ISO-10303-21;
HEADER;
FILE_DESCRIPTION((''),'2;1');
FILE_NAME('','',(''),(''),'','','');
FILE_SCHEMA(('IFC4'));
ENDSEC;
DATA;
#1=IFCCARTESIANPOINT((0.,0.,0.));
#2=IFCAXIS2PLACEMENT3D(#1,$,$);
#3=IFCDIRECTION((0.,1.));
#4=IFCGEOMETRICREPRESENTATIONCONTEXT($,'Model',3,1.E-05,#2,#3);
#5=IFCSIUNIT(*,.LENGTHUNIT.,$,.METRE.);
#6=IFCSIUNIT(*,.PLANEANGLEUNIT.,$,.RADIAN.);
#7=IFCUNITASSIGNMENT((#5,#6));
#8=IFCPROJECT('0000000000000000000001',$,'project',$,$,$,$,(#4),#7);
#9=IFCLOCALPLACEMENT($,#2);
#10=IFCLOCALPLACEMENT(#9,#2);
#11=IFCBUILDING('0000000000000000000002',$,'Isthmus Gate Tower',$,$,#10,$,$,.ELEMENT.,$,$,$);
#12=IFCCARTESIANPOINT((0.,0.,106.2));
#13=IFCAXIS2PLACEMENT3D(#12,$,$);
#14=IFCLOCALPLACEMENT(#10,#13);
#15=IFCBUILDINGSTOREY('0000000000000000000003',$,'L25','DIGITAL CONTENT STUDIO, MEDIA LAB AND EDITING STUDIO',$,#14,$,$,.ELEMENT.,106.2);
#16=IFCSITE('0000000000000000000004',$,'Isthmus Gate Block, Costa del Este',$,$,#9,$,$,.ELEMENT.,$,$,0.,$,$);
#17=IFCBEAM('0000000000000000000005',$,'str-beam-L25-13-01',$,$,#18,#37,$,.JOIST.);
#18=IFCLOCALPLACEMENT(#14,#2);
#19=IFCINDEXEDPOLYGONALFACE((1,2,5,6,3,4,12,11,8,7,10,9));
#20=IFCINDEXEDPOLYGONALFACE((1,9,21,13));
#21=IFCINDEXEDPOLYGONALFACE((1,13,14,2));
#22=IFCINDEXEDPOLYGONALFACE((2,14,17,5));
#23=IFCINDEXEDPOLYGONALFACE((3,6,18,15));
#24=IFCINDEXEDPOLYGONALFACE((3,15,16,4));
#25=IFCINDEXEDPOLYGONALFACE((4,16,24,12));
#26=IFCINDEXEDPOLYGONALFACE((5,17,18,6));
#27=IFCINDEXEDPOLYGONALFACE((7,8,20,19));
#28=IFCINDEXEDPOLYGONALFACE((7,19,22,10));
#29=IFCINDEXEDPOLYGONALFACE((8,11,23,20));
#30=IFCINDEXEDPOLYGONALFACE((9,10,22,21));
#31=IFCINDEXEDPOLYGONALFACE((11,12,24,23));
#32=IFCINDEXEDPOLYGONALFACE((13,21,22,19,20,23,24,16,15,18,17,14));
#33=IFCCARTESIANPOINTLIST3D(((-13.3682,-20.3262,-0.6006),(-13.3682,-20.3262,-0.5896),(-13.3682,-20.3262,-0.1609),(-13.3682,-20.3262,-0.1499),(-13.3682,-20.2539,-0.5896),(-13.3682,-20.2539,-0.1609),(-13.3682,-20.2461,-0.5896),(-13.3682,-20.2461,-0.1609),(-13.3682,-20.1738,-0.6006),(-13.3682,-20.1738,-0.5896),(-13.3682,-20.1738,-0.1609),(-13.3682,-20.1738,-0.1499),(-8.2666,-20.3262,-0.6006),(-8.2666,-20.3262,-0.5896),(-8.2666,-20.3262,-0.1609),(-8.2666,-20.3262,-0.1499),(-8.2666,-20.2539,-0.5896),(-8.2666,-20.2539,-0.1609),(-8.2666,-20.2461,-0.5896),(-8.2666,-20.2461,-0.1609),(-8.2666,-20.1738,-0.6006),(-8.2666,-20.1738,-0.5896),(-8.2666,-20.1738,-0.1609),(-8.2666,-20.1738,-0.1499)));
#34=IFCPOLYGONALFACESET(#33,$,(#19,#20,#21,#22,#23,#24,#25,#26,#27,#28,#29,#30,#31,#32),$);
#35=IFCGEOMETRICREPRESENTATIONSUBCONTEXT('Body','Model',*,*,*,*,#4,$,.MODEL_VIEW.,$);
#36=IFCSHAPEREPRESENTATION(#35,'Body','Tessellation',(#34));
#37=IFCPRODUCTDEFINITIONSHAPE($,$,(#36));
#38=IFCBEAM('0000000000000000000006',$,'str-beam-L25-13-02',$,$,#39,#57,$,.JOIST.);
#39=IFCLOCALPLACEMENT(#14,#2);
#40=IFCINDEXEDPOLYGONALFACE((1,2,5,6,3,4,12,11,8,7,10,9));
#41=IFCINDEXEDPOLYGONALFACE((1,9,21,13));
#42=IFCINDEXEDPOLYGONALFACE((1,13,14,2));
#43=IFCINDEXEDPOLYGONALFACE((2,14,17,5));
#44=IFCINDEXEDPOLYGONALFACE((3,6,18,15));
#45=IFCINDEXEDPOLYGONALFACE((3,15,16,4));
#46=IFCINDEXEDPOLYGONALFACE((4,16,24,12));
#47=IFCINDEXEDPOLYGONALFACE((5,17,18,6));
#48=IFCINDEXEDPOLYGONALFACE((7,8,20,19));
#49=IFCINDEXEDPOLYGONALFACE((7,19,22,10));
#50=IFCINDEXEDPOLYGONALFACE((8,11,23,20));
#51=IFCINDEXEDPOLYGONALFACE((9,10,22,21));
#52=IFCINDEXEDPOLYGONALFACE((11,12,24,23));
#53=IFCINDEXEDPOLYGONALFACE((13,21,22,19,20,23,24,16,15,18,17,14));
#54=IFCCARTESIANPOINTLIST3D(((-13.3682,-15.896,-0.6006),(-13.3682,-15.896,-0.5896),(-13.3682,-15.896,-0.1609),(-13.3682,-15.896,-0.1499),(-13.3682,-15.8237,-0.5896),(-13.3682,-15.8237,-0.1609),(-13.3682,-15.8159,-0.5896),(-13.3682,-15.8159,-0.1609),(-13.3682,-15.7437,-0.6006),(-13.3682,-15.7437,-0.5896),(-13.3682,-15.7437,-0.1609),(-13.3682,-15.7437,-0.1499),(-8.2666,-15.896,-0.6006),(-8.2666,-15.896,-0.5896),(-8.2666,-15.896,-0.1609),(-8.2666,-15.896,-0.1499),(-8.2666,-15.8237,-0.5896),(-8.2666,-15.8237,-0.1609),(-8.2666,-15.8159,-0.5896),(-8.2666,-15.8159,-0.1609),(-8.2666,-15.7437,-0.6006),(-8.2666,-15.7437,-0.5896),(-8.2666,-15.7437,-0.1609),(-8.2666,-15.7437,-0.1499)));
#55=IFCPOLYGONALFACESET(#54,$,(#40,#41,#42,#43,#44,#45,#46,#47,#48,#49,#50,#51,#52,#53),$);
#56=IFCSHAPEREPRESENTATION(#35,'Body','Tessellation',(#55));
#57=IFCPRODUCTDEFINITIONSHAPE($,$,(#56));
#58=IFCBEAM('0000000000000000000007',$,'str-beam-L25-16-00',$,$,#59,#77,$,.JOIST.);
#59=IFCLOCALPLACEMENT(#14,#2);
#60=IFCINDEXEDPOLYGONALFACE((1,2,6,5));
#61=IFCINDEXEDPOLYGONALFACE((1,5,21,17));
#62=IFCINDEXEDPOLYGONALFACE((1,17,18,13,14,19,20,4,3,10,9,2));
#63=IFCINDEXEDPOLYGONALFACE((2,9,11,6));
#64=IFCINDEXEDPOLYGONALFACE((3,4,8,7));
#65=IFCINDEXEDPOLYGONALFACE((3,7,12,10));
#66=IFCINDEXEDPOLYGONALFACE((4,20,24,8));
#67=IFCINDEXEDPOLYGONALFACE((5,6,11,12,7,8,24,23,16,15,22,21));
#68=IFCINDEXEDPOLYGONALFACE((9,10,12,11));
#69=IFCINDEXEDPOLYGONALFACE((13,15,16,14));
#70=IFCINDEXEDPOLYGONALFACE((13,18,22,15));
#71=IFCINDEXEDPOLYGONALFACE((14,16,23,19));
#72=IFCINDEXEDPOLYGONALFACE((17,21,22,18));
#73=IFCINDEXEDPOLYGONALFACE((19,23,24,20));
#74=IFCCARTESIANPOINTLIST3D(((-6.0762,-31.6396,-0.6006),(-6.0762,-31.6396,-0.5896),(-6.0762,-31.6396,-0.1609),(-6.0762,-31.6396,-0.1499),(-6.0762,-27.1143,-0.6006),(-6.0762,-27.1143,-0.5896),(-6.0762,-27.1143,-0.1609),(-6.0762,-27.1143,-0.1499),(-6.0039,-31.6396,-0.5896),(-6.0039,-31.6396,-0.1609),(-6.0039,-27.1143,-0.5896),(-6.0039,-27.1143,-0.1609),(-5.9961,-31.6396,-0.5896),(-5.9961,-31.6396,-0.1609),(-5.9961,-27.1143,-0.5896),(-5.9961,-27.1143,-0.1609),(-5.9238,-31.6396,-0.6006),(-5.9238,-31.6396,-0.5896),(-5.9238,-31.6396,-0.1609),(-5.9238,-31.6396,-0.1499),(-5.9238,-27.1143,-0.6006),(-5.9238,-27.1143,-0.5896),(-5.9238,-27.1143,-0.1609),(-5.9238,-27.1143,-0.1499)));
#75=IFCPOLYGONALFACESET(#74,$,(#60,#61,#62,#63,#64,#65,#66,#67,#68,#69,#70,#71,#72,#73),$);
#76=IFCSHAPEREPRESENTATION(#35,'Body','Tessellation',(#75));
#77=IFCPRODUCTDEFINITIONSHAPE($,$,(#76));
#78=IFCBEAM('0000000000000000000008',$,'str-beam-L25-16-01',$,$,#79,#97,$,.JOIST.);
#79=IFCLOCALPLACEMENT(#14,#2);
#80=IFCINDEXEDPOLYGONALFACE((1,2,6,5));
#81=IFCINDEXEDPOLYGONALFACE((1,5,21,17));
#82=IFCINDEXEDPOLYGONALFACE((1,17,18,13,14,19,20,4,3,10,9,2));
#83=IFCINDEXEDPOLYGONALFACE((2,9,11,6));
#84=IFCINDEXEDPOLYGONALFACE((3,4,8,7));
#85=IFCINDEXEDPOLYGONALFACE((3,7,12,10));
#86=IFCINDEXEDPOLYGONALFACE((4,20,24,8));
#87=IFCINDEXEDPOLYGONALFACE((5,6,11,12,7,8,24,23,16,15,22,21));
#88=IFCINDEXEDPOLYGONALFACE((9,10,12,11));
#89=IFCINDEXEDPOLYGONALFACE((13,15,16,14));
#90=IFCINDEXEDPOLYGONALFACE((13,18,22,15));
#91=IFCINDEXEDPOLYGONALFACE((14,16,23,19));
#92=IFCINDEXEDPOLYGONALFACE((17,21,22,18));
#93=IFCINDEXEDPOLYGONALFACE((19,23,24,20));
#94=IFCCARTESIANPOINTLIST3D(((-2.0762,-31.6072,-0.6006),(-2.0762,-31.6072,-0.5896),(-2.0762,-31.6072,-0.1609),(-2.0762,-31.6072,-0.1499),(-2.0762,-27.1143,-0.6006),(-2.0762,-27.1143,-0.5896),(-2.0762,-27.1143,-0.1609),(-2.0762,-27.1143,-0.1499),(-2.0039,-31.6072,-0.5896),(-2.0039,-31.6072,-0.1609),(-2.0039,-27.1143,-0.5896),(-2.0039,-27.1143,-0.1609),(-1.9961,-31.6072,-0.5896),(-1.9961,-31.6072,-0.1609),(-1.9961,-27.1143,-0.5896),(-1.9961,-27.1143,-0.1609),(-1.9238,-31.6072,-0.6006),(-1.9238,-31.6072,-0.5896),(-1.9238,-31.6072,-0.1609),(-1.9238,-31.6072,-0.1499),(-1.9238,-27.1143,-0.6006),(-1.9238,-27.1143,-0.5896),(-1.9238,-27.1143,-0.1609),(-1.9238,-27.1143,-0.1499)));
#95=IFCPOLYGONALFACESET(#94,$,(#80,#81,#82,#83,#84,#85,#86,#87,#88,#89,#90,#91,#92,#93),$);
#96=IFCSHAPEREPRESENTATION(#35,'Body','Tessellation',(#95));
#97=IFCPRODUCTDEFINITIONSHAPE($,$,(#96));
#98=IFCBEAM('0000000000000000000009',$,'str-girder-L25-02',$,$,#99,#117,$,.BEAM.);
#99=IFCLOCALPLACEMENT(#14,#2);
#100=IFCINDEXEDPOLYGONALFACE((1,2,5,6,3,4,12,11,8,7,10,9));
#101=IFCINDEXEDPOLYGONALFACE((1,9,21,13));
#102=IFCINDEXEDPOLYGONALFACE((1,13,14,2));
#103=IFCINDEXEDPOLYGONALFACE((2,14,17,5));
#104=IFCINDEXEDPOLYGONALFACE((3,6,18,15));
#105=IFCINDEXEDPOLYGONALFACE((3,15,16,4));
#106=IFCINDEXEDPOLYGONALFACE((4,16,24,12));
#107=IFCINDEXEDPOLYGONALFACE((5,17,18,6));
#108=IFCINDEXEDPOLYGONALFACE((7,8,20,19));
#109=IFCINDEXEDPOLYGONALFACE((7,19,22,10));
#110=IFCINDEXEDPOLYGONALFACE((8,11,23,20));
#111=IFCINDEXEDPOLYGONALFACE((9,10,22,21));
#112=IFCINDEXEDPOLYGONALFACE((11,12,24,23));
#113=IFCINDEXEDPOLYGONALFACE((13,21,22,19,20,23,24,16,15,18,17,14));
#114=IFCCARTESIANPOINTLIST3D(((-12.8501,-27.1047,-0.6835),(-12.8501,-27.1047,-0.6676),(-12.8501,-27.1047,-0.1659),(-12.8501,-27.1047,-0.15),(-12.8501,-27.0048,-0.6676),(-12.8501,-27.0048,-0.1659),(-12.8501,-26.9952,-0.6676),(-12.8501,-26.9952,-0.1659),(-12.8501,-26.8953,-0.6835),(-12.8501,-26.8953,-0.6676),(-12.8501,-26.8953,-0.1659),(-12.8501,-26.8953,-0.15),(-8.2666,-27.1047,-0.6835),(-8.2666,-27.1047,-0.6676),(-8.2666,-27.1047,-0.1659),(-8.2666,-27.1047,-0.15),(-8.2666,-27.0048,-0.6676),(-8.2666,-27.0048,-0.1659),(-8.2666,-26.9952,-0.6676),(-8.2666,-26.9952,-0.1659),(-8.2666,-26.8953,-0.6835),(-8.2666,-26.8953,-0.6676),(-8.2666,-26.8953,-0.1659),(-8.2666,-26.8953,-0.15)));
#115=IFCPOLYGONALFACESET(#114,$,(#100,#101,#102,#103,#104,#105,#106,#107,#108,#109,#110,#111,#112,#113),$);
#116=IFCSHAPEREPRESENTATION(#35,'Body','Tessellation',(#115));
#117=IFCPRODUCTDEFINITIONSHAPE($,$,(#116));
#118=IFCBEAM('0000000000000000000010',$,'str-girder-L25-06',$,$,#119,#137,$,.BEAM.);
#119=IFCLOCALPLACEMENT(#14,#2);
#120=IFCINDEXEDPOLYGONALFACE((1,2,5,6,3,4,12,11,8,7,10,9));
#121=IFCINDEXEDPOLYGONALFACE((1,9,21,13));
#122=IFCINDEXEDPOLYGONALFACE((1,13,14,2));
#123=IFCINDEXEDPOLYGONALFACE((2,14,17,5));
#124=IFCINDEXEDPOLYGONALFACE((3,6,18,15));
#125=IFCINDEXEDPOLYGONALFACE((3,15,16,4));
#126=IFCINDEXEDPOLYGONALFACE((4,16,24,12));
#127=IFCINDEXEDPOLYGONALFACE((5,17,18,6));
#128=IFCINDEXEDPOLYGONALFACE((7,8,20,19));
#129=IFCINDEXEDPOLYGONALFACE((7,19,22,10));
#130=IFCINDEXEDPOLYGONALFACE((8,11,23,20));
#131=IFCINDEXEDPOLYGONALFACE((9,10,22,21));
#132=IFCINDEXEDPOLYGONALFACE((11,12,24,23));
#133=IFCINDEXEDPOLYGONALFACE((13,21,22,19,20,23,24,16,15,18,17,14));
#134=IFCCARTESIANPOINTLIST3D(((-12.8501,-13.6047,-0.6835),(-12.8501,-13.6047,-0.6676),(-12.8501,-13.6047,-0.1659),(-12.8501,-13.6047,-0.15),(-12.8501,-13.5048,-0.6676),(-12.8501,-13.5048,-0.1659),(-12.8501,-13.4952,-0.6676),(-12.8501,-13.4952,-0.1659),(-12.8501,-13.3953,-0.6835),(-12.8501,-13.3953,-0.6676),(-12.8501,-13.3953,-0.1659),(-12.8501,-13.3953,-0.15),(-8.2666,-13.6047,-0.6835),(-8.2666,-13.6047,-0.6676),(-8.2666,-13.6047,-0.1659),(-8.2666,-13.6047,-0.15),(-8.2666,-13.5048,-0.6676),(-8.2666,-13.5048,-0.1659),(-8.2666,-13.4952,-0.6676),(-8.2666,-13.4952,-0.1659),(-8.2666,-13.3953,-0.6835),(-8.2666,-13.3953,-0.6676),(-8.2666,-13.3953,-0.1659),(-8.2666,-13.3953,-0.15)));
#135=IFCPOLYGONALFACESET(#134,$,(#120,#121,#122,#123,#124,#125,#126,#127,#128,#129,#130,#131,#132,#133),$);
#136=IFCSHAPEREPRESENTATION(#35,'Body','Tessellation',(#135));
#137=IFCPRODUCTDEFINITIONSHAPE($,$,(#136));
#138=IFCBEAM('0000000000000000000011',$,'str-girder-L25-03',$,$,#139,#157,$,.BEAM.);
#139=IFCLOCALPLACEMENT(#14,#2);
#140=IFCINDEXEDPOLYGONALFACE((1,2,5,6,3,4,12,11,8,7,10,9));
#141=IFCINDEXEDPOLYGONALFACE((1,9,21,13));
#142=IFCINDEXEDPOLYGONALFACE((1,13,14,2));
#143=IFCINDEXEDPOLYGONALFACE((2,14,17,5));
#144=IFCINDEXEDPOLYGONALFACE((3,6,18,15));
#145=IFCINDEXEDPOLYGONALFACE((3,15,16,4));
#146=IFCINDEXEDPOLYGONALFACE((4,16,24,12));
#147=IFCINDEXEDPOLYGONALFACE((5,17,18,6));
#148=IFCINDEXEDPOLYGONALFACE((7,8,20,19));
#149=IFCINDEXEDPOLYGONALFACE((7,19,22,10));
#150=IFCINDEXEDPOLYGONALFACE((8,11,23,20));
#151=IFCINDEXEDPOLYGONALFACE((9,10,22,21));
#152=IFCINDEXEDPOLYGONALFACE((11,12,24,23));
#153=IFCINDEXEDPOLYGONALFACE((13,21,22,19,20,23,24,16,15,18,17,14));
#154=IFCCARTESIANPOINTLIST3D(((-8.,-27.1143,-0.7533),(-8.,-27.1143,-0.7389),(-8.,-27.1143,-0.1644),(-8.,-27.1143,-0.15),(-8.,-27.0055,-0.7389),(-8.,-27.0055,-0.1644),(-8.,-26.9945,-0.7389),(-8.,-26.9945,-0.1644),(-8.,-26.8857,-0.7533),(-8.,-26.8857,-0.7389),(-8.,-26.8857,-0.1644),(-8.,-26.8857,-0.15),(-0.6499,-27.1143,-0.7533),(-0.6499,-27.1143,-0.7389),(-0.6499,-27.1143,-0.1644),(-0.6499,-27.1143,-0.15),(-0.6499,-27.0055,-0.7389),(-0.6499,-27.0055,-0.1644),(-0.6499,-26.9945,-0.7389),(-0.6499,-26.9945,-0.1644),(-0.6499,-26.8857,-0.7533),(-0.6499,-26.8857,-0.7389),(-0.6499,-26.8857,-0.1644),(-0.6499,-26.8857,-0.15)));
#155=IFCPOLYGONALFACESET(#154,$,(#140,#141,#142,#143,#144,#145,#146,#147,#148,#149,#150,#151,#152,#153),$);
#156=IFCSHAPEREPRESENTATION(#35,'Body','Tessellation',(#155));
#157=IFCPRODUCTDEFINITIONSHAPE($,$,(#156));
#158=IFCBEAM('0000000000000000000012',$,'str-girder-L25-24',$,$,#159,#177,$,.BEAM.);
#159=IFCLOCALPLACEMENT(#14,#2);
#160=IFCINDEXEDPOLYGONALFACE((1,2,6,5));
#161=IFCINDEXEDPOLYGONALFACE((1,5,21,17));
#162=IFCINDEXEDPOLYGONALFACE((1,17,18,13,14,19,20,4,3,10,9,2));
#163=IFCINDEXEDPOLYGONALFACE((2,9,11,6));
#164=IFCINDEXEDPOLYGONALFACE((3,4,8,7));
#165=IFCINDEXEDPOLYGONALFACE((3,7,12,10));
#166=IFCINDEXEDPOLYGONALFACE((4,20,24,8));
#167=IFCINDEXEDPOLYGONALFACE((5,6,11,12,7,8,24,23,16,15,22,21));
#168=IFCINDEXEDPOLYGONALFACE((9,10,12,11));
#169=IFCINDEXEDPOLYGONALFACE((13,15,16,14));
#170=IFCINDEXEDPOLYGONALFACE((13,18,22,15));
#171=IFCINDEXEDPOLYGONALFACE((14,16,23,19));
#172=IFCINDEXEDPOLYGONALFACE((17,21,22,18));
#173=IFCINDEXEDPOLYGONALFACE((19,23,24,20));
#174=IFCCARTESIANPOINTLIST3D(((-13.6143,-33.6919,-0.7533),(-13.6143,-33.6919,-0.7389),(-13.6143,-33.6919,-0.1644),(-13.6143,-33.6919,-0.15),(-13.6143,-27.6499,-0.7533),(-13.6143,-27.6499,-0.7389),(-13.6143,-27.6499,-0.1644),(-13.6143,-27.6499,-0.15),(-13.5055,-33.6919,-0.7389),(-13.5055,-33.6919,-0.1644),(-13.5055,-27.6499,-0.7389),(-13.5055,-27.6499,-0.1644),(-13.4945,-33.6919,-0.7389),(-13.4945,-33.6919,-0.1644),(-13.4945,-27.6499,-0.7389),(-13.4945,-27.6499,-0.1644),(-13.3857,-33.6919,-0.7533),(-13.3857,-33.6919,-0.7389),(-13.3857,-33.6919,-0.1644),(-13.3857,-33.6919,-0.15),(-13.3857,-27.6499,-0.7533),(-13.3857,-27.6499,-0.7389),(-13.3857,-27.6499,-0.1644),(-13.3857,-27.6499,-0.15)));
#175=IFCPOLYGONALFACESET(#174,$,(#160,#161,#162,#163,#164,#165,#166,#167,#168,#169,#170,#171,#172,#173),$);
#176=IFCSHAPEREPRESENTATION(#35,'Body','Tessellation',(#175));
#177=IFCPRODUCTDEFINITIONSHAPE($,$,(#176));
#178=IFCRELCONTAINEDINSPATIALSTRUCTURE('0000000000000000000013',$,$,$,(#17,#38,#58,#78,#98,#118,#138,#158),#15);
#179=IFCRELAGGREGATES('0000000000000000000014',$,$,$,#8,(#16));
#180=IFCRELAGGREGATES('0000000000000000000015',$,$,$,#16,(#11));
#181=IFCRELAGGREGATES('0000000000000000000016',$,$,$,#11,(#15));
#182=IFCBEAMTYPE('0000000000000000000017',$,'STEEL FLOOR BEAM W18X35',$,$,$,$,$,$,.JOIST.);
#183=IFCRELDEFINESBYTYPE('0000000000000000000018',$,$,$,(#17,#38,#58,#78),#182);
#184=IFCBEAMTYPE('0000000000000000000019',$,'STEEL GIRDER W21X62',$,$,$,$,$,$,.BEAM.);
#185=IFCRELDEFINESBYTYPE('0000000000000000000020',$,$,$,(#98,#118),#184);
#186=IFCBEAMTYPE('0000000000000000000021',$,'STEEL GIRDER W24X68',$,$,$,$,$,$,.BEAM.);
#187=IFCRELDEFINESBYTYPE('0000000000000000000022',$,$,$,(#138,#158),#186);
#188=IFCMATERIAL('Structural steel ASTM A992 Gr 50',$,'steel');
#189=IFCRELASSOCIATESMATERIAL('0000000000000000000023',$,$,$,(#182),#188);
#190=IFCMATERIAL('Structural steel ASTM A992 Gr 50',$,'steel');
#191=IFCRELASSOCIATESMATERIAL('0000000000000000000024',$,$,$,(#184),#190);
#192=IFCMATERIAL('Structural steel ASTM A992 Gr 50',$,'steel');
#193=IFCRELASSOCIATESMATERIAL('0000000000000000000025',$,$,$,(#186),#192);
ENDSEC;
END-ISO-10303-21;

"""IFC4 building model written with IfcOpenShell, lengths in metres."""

from ifc_helpers import new_model, si_unit, direction, frame, origin, origin_2d, place, context, subcontext, project, spatial, i_section, extrude, material, material_profile, profile_set, type_object, element, save


model = new_model("IFC4")

# Units and contexts
model_context = context("Model", 3, precision=1e-05, world=origin(), true_north=direction((0.0, 1.0)))
body_context = subcontext(model_context, "Body", "Model", "MODEL_VIEW")
ifc_project = project(units=[si_unit("LENGTHUNIT", "METRE"), si_unit("PLANEANGLEUNIT", "RADIAN")], contexts=[model_context])

# Site, building, storey
site_placement = place(None, origin())
site = spatial("IfcSite", under=ifc_project, at=site_placement, Name="Isthmus Gate Block, Costa del Este", CompositionType="ELEMENT", RefElevation=0.0)
building_placement = place(site_placement, origin())
building = spatial("IfcBuilding", under=site, at=building_placement, Name="Isthmus Gate Tower", CompositionType="ELEMENT")
storey_placement = place(building_placement, frame((0.0, 0.0, 106.2)))
storey = spatial("IfcBuildingStorey", under=building, at=storey_placement, Name="L25", Description="DIGITAL CONTENT STUDIO, MEDIA LAB AND EDITING STUDIO", CompositionType="ELEMENT", Elevation=106.2)

# Beams
ifc_material_1 = material(Name="Structural steel ASTM A992 Gr 50", Category="steel")
ifc_material_profile_1 = material_profile(ifc_material_1, i_section(OverallWidth=0.1523, OverallDepth=0.4507, WebThickness=0.0078, FlangeThickness=0.011, at=origin_2d()), Name="W18X35")
ifc_profile_set_1 = profile_set([ifc_material_profile_1], Name="Structural steel ASTM A992 Gr 50")
beam_type_1 = type_object("IfcBeamType", Name="STEEL FLOOR BEAM W18X35", PredefinedType="JOIST", material=ifc_profile_set_1)
for number, where, z_axis, x_axis, name in (
    (1, (-13.3682, -20.25, -0.3752), (1.0, 0.0, 0.0), (0.0, 1.0, 0.0), "str-beam-L25-13-01"),
    (2, (-13.3682, -15.8198, -0.3752), (1.0, 0.0, 0.0), (0.0, 1.0, 0.0), "str-beam-L25-13-02"),
):
    element("IfcBeam", number, at=place(storey_placement, frame(where, z_axis=z_axis, x_axis=x_axis)), inside=storey, type_object=beam_type_1, Name=name, PredefinedType="JOIST", context=body_context, shape_type="SweptSolid", body=[
        extrude(i_section(OverallWidth=0.1523, OverallDepth=0.4507, WebThickness=0.0078, FlangeThickness=0.011, at=origin_2d()), origin(), (0.0, 0.0, 1.0), 5.1016),
    ])
beam_1_placement = place(storey_placement, frame((-6.0, -31.6396, -0.3752), z_axis=(0.0, 1.0, 0.0), x_axis=(-1.0, 0.0, 0.0)))
element("IfcBeam", 3, at=beam_1_placement, inside=storey, type_object=beam_type_1, Name="str-beam-L25-16-00", PredefinedType="JOIST", context=body_context, shape_type="SweptSolid", body=[
    extrude(i_section(OverallWidth=0.1523, OverallDepth=0.4507, WebThickness=0.0078, FlangeThickness=0.011, at=origin_2d()), origin(), (0.0, 0.0, 1.0), 4.5254),
])
beam_2_placement = place(storey_placement, frame((-2.0, -31.6072, -0.3752), z_axis=(0.0, 1.0, 0.0), x_axis=(-1.0, 0.0, 0.0)))
element("IfcBeam", 4, at=beam_2_placement, inside=storey, type_object=beam_type_1, Name="str-beam-L25-16-01", PredefinedType="JOIST", context=body_context, shape_type="SweptSolid", body=[
    extrude(i_section(OverallWidth=0.1523, OverallDepth=0.4507, WebThickness=0.0078, FlangeThickness=0.011, at=origin_2d()), origin(), (0.0, 0.0, 1.0), 4.4929),
])
ifc_material_2 = material(Name="Structural steel ASTM A992 Gr 50", Category="steel")
ifc_material_profile_2 = material_profile(ifc_material_2, i_section(OverallWidth=0.2095, OverallDepth=0.5334, WebThickness=0.0095, FlangeThickness=0.0159, at=origin_2d()), Name="W21X62")
ifc_profile_set_2 = profile_set([ifc_material_profile_2], Name="Structural steel ASTM A992 Gr 50")
beam_type_2 = type_object("IfcBeamType", Name="STEEL GIRDER W21X62", PredefinedType="BEAM", material=ifc_profile_set_2)
for number, where, z_axis, x_axis, name in (
    (5, (-12.8501, -27.0, -0.4167), (1.0, 0.0, 0.0), (0.0, 1.0, 0.0), "str-girder-L25-02"),
    (6, (-12.8501, -13.5, -0.4167), (1.0, 0.0, 0.0), (0.0, 1.0, 0.0), "str-girder-L25-06"),
):
    element("IfcBeam", number, at=place(storey_placement, frame(where, z_axis=z_axis, x_axis=x_axis)), inside=storey, type_object=beam_type_2, Name=name, PredefinedType="BEAM", context=body_context, shape_type="SweptSolid", body=[
        extrude(i_section(OverallWidth=0.2095, OverallDepth=0.5334, WebThickness=0.0095, FlangeThickness=0.0159, at=origin_2d()), origin(), (0.0, 0.0, 1.0), 4.5835),
    ])
ifc_material_3 = material(Name="Structural steel ASTM A992 Gr 50", Category="steel")
ifc_material_profile_3 = material_profile(ifc_material_3, i_section(OverallWidth=0.2285, OverallDepth=0.6033, WebThickness=0.011, FlangeThickness=0.0144, at=origin_2d()), Name="W24X68")
ifc_profile_set_3 = profile_set([ifc_material_profile_3], Name="Structural steel ASTM A992 Gr 50")
beam_type_3 = type_object("IfcBeamType", Name="STEEL GIRDER W24X68", PredefinedType="BEAM", material=ifc_profile_set_3)
beam_3_placement = place(storey_placement, frame((-8.0, -27.0, -0.4517), z_axis=(1.0, 0.0, 0.0), x_axis=(0.0, 1.0, 0.0)))
element("IfcBeam", 7, at=beam_3_placement, inside=storey, type_object=beam_type_3, Name="str-girder-L25-03", PredefinedType="BEAM", context=body_context, shape_type="SweptSolid", body=[
    extrude(i_section(OverallWidth=0.2285, OverallDepth=0.6033, WebThickness=0.011, FlangeThickness=0.0144, at=origin_2d()), origin(), (0.0, 0.0, 1.0), 7.3501),
])
beam_4_placement = place(storey_placement, frame((-13.5, -33.6919, -0.4517), z_axis=(0.0, 1.0, 0.0), x_axis=(-1.0, 0.0, 0.0)))
element("IfcBeam", 8, at=beam_4_placement, inside=storey, type_object=beam_type_3, Name="str-girder-L25-24", PredefinedType="BEAM", context=body_context, shape_type="SweptSolid", body=[
    extrude(i_section(OverallWidth=0.2285, OverallDepth=0.6033, WebThickness=0.011, FlangeThickness=0.0144, at=origin_2d()), origin(), (0.0, 0.0, 1.0), 6.042),
])

save(model, "model.ifc")
